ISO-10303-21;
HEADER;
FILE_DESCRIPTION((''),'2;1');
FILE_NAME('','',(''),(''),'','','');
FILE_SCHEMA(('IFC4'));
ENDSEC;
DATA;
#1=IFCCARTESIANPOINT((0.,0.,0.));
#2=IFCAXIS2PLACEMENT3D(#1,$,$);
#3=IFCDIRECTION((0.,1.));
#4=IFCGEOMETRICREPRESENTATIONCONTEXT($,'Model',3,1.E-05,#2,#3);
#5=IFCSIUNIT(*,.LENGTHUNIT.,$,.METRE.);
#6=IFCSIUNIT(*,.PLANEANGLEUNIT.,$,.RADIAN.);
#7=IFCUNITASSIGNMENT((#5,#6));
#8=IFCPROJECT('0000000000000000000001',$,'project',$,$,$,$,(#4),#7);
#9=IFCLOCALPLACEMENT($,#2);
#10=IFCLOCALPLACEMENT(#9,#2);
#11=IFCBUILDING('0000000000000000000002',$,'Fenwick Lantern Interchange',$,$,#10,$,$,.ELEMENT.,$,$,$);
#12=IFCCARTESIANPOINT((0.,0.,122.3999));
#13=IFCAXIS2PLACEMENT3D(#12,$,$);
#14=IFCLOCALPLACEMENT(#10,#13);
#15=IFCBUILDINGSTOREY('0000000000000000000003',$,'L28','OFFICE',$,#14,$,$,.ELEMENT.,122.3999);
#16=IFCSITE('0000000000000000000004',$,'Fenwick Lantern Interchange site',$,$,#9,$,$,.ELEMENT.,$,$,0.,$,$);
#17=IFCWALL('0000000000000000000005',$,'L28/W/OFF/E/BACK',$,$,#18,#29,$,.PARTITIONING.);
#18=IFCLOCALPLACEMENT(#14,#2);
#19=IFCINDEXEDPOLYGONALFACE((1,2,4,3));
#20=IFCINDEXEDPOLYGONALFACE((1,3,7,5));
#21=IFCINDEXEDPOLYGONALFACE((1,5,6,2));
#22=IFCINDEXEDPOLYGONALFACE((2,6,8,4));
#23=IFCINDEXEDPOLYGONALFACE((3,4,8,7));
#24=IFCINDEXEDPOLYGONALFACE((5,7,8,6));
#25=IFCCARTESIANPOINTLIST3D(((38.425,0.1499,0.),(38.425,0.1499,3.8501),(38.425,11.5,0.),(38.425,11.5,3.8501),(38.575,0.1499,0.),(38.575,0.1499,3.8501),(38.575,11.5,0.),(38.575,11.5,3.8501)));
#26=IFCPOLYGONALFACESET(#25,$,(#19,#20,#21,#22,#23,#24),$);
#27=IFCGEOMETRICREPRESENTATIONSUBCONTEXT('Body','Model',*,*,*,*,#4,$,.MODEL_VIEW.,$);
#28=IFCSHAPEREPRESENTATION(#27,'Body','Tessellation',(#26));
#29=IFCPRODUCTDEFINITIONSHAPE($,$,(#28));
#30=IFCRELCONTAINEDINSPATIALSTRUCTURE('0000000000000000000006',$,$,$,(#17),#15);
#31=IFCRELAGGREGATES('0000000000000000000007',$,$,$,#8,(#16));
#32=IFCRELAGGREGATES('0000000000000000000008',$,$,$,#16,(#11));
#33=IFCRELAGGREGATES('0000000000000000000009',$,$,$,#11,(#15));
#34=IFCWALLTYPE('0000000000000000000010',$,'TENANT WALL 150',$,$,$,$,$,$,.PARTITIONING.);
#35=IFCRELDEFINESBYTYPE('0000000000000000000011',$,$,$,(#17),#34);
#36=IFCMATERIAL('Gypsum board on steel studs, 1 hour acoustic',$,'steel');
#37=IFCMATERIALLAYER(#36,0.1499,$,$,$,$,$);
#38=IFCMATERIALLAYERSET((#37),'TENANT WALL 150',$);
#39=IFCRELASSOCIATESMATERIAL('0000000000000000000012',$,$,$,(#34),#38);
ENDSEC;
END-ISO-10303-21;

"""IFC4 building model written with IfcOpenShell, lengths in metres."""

from ifc_helpers import new_model, si_unit, direction, frame, frame_2d, origin, place, context, subcontext, project, spatial, rectangle, extrude, material, layer, layer_set, type_object, element, save


model = new_model("IFC4")

# Units and contexts
model_context = context("Model", 3, precision=1e-05, world=origin(), true_north=direction((0.0, 1.0)))
body_context = subcontext(model_context, "Body", "Model", "MODEL_VIEW")
ifc_project = project(units=[si_unit("LENGTHUNIT", "METRE"), si_unit("PLANEANGLEUNIT", "RADIAN")], contexts=[model_context])

# Site, building, storey
site_placement = place(None, origin())
site = spatial("IfcSite", under=ifc_project, at=site_placement, Name="Fenwick Lantern Interchange site", CompositionType="ELEMENT", RefElevation=0.0)
building_placement = place(site_placement, origin())
building = spatial("IfcBuilding", under=site, at=building_placement, Name="Fenwick Lantern Interchange", CompositionType="ELEMENT")
storey_placement = place(building_placement, frame((0.0, 0.0, 122.3999)))
storey = spatial("IfcBuildingStorey", under=building, at=storey_placement, Name="L28", Description="OFFICE", CompositionType="ELEMENT", Elevation=122.3999)

# Wall
ifc_material_1 = material(Name="Gypsum board on steel studs, 1 hour acoustic", Category="steel")
ifc_layer_1 = layer(ifc_material_1, 0.1499)
ifc_layer_set_1 = layer_set([ifc_layer_1], Name="TENANT WALL 150")
wall_type_1 = type_object("IfcWallType", Name="TENANT WALL 150", PredefinedType="PARTITIONING", material=ifc_layer_set_1)
wall_1_placement = place(storey_placement, frame((38.5, 0.1499, 0.0), z_axis=(0.0, 0.0, 1.0), x_axis=(0.0, 1.0, 0.0)))
element("IfcWall", 1, at=wall_1_placement, inside=storey, type_object=wall_type_1, Name="L28/W/OFF/E/BACK", PredefinedType="PARTITIONING", context=body_context, shape_type="SweptSolid", body=[
    extrude(rectangle(XDim=11.3501, YDim=0.1499, at=frame_2d((5.675, 0.0))), origin(), (0.0, 0.0, 1.0), 3.8501),
])

save(model, "model.ifc")
